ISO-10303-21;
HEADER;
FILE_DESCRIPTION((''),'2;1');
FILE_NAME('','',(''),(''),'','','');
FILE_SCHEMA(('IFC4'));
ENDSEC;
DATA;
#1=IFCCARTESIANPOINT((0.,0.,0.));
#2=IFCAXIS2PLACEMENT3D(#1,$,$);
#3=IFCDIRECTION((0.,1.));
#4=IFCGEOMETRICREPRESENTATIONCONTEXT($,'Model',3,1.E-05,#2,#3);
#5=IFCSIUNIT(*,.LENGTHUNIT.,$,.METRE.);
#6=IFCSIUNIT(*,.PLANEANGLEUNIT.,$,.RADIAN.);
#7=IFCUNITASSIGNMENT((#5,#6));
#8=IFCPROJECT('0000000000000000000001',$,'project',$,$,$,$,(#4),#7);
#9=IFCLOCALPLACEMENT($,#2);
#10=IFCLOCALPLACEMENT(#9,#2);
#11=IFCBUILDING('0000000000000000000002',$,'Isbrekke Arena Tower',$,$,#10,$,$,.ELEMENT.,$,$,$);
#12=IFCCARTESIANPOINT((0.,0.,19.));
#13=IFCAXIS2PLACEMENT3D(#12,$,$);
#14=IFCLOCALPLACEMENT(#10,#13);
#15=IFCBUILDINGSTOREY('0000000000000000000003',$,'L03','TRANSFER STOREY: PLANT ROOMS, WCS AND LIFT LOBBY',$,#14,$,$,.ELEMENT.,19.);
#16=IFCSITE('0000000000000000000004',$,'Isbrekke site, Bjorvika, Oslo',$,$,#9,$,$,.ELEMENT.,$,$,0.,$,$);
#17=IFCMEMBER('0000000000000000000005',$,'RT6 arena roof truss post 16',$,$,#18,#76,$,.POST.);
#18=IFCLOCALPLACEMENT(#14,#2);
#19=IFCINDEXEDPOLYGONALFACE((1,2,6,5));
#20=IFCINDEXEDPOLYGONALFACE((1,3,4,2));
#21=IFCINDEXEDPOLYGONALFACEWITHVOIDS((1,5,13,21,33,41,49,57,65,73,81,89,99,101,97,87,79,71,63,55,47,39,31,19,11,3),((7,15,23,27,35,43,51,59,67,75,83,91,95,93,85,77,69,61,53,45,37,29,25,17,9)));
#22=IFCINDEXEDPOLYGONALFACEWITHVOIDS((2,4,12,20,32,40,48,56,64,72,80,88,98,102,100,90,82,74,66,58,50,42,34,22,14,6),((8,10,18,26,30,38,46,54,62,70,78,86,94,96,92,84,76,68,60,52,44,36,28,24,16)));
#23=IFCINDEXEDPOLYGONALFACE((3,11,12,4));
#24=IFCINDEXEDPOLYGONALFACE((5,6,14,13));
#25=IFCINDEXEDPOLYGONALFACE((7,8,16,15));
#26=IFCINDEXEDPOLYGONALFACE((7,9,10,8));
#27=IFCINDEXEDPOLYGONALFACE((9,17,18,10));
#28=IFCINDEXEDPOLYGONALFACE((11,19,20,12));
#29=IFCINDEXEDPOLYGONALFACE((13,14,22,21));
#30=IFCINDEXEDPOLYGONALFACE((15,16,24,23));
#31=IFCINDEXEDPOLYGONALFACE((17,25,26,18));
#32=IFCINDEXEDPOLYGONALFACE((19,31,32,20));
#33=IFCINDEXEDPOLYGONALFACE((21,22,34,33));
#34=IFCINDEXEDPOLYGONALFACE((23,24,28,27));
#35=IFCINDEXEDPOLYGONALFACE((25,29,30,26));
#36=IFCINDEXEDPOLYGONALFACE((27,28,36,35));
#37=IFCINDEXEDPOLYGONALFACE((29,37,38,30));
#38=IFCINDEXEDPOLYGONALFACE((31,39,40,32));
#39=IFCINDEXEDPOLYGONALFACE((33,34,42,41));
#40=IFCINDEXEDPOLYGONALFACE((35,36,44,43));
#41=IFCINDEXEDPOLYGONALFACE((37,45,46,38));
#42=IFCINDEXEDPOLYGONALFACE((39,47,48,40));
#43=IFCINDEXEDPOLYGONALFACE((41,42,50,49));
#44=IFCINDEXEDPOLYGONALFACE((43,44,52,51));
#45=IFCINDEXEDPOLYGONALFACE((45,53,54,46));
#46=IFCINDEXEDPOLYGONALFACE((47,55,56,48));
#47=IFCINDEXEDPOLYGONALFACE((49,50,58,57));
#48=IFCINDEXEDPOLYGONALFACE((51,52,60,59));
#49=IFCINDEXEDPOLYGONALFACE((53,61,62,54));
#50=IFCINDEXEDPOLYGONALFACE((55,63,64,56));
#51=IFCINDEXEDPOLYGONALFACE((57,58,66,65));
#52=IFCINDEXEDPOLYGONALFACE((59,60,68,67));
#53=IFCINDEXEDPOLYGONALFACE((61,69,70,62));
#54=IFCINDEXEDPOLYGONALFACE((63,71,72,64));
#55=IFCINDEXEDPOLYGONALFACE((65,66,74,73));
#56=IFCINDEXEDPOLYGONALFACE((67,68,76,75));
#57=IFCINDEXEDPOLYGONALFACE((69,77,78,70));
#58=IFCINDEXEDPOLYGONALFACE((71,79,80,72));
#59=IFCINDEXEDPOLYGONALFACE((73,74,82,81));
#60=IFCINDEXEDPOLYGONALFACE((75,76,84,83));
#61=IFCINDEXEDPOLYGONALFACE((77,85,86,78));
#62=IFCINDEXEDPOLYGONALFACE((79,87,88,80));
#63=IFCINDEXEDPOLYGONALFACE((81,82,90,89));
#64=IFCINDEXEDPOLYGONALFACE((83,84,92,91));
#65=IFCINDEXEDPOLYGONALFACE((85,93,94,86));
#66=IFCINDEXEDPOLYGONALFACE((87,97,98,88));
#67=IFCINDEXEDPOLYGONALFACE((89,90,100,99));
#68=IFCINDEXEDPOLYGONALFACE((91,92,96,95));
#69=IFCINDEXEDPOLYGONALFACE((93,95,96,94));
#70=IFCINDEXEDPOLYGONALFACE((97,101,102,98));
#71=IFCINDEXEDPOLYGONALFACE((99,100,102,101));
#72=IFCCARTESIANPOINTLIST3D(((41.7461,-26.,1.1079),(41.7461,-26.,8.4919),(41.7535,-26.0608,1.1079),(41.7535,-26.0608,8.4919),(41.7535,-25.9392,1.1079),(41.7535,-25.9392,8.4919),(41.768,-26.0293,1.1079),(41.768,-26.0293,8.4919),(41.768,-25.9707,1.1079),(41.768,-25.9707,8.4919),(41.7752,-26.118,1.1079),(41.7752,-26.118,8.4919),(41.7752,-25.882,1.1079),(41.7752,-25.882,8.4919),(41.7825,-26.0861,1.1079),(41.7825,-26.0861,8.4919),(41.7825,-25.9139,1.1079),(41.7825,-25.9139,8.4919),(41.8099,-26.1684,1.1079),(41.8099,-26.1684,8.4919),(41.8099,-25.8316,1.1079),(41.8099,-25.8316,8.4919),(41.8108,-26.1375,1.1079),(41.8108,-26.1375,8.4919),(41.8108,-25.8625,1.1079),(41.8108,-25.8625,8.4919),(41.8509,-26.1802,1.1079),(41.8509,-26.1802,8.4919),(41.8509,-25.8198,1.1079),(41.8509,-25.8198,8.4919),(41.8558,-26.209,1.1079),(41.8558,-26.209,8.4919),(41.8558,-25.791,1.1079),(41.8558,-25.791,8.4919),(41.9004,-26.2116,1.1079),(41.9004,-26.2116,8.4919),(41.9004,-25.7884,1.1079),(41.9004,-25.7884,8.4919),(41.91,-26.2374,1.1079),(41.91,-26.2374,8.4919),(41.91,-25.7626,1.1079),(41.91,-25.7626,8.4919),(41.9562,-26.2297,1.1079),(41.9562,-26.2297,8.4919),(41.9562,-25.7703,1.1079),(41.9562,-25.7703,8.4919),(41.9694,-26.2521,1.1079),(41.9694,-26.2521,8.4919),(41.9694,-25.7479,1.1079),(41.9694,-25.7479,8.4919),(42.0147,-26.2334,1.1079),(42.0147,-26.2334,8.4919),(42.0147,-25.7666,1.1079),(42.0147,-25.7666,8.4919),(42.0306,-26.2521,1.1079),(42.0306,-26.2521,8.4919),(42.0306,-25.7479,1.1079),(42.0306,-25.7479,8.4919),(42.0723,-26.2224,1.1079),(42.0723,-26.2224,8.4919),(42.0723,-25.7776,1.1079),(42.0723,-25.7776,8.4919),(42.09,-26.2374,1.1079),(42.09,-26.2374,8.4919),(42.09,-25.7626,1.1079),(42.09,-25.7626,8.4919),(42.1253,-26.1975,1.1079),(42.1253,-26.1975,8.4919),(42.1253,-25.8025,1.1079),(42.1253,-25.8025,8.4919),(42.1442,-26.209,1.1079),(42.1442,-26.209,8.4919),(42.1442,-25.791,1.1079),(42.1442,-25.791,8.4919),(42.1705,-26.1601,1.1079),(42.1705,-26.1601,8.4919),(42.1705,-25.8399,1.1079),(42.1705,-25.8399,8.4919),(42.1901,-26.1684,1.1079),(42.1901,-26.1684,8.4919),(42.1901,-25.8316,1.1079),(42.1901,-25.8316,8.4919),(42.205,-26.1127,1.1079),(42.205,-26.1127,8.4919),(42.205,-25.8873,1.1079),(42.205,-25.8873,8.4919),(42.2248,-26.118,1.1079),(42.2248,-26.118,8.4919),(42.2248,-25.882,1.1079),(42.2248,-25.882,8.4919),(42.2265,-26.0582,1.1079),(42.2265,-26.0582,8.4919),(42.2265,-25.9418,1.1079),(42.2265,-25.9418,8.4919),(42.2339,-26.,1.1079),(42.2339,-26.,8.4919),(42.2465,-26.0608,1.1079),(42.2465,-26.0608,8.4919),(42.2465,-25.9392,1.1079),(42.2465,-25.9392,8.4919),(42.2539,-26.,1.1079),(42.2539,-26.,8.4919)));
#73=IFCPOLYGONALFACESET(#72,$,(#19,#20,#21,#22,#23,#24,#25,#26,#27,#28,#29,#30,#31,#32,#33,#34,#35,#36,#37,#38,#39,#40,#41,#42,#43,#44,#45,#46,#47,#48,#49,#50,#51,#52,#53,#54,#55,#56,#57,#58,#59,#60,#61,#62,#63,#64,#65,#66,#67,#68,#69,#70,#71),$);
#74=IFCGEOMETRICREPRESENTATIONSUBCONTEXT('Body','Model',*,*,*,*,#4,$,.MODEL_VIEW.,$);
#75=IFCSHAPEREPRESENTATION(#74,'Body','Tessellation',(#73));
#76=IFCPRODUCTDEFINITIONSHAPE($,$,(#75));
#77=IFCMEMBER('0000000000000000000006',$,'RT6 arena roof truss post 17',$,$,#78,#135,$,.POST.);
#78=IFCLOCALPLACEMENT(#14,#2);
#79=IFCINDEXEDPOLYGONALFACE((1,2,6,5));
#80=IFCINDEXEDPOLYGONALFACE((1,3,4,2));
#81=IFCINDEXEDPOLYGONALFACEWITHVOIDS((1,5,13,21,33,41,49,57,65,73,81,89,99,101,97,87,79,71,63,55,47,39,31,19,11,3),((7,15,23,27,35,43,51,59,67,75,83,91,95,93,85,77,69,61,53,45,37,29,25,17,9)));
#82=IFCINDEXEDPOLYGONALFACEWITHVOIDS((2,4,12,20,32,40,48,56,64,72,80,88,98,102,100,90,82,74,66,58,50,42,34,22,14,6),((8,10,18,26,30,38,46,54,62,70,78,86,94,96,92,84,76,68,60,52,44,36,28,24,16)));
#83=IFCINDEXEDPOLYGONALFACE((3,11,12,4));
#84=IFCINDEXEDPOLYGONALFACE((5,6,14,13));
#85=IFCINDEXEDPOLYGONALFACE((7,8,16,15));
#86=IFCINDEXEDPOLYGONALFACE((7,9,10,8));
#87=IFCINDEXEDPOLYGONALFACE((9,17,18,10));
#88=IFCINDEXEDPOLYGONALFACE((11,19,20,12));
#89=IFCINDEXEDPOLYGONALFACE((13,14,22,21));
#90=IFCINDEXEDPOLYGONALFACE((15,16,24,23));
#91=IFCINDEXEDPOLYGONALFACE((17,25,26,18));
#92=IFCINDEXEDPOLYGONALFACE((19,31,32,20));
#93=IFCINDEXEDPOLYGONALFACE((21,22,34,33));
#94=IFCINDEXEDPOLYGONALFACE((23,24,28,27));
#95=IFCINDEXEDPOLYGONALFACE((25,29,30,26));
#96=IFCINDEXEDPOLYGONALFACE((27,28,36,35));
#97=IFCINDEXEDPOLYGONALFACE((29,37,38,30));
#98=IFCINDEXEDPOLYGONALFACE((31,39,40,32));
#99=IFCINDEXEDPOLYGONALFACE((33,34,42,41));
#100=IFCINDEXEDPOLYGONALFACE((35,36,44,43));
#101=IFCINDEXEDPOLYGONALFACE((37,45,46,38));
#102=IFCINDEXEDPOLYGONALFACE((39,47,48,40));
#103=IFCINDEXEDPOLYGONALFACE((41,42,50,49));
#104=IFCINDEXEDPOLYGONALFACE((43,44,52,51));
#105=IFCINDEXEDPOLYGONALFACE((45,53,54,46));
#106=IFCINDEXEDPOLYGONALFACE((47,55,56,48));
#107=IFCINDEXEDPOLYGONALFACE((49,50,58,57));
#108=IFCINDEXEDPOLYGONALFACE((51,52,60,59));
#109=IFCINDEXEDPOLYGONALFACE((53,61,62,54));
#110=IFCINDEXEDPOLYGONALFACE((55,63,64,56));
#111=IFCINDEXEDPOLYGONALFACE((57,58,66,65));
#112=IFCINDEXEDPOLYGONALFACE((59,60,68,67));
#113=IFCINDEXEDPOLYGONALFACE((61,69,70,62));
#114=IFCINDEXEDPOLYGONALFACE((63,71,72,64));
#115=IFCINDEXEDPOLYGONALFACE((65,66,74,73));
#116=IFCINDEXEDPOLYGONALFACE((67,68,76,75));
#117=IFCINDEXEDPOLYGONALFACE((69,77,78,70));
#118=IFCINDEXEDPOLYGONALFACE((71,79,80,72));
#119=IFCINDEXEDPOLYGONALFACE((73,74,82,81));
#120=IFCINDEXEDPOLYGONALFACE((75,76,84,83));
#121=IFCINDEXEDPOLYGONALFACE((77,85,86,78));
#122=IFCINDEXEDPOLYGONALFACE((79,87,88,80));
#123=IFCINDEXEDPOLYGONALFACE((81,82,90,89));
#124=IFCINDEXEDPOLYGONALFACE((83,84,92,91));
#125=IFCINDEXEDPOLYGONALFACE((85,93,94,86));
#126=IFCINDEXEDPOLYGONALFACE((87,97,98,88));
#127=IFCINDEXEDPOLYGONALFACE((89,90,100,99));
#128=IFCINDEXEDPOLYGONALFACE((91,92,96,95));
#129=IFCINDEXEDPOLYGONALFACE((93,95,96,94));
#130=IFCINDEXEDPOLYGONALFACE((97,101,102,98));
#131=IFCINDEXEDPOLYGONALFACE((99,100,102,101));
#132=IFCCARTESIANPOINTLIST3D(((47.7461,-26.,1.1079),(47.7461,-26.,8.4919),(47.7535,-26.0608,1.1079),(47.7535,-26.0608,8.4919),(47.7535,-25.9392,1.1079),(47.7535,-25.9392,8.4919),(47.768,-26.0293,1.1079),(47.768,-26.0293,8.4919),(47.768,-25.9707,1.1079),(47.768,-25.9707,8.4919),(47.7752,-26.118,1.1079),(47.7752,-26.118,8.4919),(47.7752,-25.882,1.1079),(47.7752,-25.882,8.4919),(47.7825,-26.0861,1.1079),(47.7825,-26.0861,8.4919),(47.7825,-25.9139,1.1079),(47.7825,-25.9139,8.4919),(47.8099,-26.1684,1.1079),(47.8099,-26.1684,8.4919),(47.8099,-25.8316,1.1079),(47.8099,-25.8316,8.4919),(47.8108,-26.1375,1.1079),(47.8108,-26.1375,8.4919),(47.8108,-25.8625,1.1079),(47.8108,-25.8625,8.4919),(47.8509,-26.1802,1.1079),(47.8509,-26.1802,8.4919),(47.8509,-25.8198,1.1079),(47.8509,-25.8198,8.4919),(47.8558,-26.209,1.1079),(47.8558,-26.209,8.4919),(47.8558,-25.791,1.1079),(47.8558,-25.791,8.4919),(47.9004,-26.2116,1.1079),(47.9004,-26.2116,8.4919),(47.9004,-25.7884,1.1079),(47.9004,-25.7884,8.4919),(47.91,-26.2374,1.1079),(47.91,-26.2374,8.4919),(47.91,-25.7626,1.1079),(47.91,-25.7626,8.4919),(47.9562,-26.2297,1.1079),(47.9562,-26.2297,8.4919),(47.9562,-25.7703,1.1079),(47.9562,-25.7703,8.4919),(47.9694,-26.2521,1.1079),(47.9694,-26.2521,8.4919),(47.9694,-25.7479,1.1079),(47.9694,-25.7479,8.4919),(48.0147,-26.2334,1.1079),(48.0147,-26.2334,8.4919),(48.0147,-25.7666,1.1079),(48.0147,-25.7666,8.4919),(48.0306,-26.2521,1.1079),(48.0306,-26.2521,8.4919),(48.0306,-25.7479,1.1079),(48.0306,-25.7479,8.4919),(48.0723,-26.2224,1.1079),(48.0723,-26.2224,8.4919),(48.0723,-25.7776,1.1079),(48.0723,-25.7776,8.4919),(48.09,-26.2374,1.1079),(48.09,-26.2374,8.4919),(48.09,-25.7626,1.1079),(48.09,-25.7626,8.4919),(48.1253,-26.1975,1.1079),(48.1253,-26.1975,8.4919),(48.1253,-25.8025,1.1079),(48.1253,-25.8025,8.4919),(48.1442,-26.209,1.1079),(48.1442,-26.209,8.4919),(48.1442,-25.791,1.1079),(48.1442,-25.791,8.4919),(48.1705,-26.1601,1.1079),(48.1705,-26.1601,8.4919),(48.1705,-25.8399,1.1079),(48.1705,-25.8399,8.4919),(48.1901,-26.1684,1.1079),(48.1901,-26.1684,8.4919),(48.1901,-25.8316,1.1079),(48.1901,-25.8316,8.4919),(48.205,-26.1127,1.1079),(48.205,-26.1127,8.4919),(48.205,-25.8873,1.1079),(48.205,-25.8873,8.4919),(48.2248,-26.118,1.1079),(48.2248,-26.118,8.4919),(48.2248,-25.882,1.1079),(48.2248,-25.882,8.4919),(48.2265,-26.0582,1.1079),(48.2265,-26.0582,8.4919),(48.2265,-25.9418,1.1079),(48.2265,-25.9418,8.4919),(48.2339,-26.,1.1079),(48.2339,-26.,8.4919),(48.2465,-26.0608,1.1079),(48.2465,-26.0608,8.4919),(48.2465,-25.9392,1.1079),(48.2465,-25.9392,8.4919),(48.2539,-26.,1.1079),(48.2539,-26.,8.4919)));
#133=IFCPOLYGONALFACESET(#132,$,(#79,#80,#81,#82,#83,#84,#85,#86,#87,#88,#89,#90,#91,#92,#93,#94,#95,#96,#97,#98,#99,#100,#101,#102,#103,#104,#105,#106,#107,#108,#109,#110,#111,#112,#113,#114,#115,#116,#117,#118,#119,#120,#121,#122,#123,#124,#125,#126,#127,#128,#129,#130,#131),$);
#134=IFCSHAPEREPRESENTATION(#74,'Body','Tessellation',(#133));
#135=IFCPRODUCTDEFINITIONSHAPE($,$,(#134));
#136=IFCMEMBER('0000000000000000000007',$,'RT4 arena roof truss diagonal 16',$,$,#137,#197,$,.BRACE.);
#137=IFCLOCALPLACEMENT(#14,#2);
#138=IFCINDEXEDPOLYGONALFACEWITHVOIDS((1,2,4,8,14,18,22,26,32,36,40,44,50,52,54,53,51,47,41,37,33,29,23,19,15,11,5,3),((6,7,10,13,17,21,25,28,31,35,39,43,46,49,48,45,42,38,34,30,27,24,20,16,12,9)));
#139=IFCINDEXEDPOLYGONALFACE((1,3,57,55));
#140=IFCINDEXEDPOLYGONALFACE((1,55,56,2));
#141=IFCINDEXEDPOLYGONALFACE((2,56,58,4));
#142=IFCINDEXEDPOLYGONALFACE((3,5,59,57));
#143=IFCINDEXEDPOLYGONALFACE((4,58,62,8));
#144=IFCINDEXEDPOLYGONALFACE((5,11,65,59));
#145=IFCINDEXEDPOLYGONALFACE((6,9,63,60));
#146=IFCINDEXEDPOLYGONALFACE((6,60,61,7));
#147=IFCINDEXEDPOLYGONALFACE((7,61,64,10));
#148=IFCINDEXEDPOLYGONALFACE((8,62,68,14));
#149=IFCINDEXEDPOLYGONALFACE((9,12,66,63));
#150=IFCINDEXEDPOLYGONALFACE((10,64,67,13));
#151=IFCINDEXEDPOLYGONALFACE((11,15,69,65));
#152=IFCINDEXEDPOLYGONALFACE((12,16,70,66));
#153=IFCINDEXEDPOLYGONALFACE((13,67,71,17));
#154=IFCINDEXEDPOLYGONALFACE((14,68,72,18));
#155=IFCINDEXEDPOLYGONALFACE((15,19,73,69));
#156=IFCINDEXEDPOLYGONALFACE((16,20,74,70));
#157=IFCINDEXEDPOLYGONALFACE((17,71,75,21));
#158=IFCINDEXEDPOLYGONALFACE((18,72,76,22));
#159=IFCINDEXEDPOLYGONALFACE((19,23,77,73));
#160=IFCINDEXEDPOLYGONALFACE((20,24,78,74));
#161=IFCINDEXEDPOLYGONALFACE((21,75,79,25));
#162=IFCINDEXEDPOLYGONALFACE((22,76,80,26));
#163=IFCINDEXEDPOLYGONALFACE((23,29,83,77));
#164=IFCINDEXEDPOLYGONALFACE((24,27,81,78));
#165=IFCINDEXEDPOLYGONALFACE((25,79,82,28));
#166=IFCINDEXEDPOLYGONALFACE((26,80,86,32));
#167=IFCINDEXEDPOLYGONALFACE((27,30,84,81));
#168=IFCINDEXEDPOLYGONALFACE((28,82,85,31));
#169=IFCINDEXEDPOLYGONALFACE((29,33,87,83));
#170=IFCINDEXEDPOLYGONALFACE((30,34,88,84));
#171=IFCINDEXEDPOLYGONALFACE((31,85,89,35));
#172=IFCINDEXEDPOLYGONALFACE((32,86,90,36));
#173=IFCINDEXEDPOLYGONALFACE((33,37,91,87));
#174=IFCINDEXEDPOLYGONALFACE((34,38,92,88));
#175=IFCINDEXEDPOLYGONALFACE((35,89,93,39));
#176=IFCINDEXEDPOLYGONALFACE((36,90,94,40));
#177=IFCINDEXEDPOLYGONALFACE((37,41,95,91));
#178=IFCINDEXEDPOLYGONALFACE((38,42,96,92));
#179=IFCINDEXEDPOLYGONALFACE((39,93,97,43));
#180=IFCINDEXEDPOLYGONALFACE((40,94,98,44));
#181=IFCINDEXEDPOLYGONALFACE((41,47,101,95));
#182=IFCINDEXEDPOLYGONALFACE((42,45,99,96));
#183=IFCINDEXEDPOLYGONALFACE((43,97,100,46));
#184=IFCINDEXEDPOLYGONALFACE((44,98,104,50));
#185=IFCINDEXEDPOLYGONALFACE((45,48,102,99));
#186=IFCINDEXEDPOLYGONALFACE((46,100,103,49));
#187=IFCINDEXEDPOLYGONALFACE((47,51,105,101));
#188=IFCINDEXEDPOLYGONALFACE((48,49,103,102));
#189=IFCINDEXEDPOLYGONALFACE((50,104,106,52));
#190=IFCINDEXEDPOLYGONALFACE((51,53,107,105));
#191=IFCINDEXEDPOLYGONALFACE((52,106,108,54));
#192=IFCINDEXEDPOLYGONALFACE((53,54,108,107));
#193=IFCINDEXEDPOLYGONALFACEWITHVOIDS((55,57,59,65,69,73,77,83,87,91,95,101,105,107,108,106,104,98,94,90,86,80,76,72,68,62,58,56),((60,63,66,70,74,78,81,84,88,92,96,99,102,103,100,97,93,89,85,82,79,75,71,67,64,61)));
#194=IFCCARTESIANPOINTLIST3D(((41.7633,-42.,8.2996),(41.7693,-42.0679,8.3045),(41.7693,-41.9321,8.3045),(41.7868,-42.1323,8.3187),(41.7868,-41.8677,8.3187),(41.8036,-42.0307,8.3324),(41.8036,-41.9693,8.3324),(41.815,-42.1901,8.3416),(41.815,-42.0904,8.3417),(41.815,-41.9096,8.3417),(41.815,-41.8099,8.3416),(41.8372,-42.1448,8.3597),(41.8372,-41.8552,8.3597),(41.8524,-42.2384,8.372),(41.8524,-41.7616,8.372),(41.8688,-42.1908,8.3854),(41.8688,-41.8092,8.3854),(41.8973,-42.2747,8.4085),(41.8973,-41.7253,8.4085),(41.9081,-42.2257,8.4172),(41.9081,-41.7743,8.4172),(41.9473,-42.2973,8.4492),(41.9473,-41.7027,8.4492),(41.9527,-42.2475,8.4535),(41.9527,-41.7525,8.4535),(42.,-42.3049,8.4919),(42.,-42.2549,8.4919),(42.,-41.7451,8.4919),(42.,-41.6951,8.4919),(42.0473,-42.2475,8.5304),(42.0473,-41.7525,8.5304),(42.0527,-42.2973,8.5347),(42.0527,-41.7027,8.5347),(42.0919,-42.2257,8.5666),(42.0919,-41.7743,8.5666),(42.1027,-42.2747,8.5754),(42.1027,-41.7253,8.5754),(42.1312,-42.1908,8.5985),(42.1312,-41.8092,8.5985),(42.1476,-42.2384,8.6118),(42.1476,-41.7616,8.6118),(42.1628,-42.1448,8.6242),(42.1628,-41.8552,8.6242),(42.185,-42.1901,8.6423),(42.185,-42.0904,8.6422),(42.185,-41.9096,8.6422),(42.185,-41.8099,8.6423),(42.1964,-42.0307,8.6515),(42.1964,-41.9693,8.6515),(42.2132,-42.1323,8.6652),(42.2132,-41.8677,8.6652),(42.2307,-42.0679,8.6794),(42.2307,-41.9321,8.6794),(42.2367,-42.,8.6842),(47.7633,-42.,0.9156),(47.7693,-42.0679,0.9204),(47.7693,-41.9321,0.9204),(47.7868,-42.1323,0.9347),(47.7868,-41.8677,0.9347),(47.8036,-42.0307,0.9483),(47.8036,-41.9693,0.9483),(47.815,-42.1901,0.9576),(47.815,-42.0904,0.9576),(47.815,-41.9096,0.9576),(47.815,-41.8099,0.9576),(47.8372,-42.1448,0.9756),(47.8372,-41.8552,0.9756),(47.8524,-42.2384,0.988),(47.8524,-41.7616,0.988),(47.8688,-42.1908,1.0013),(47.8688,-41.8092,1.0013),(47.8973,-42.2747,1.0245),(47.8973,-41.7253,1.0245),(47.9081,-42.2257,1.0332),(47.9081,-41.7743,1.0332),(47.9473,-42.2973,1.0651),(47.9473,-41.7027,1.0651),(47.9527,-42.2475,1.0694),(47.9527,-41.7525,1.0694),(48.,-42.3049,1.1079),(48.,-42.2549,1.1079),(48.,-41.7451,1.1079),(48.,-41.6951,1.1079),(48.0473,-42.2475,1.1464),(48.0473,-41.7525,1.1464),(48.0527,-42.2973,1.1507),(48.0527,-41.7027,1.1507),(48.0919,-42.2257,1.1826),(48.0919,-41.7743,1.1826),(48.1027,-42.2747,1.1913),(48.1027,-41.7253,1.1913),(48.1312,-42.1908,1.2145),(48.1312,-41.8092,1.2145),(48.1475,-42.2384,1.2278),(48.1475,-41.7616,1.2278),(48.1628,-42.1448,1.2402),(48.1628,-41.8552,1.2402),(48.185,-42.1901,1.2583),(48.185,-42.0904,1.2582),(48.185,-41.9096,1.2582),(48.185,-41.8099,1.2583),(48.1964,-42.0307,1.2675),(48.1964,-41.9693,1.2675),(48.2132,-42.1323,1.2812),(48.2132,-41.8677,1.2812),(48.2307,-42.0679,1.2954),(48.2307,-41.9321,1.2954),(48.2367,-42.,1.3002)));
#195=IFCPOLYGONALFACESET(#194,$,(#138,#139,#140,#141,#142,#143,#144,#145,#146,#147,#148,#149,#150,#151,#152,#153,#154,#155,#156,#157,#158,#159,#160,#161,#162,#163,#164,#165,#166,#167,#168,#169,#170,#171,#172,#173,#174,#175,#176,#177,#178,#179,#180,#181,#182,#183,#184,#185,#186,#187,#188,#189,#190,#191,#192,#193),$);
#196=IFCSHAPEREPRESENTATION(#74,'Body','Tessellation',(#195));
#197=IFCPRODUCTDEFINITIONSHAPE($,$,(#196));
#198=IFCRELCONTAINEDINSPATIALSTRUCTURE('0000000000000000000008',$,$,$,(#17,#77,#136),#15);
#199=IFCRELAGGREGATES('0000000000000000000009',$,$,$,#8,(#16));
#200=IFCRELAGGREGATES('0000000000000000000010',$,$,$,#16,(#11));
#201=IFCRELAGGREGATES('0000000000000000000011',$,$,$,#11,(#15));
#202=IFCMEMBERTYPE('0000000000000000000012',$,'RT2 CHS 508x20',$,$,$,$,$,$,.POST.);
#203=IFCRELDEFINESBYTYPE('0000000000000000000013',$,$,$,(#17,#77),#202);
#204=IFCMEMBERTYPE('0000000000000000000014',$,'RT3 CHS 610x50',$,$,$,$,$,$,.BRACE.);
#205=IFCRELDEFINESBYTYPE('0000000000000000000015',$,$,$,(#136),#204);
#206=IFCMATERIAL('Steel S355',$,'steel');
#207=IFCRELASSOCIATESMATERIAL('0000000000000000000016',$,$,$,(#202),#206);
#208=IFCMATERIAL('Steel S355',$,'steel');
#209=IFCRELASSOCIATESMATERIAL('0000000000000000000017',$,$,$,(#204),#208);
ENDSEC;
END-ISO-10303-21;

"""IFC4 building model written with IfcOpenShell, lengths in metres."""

from ifc_helpers import new_model, si_unit, direction, frame, origin, origin_2d, place, context, subcontext, project, spatial, hollow_circle, extrude, material, material_profile, profile_set, type_object, element, save


model = new_model("IFC4")

# Units and contexts
model_context = context("Model", 3, precision=1e-05, world=origin(), true_north=direction((0.0, 1.0)))
body_context = subcontext(model_context, "Body", "Model", "MODEL_VIEW")
ifc_project = project(units=[si_unit("LENGTHUNIT", "METRE"), si_unit("PLANEANGLEUNIT", "RADIAN")], contexts=[model_context])

# Site, building, storey
site_placement = place(None, origin())
site = spatial("IfcSite", under=ifc_project, at=site_placement, Name="Isbrekke site, Bjorvika, Oslo", CompositionType="ELEMENT", RefElevation=0.0)
building_placement = place(site_placement, origin())
building = spatial("IfcBuilding", under=site, at=building_placement, Name="Isbrekke Arena Tower", CompositionType="ELEMENT")
storey_placement = place(building_placement, frame((0.0, 0.0, 19.0)))
storey = spatial("IfcBuildingStorey", under=building, at=storey_placement, Name="L03", Description="TRANSFER STOREY: PLANT ROOMS, WCS AND LIFT LOBBY", CompositionType="ELEMENT", Elevation=19.0)

# Members
ifc_material_1 = material(Name="Steel S355", Category="steel")
ifc_material_profile_1 = material_profile(ifc_material_1, hollow_circle(Radius=0.2539, WallThickness=0.02, at=origin_2d()), Name="CHS 508x20")
ifc_profile_set_1 = profile_set([ifc_material_profile_1], Name="Steel S355")
member_type_1 = type_object("IfcMemberType", Name="RT2 CHS 508x20", PredefinedType="POST", material=ifc_profile_set_1)
for number, where, z_axis, x_axis, name in (
    (1, (42.0, -26.0, 1.1079), (0.0, 0.0, 1.0), (1.0, 0.0, 0.0), "RT6 arena roof truss post 16"),
    (2, (48.0, -26.0, 1.1079), (0.0, 0.0, 1.0), (1.0, 0.0, 0.0), "RT6 arena roof truss post 17"),
):
    element("IfcMember", number, at=place(storey_placement, frame(where, z_axis=z_axis, x_axis=x_axis)), inside=storey, type_object=member_type_1, Name=name, PredefinedType="POST", context=body_context, shape_type="SweptSolid", body=[
        extrude(hollow_circle(Radius=0.2539, WallThickness=0.02, at=origin_2d()), origin(), (0.0, 0.0, 1.0), 7.384),
    ])
ifc_material_2 = material(Name="Steel S355", Category="steel")
ifc_material_profile_2 = material_profile(ifc_material_2, hollow_circle(Radius=0.3049, WallThickness=0.05, at=origin_2d()), Name="CHS 610x50")
ifc_profile_set_2 = profile_set([ifc_material_profile_2], Name="Steel S355")
member_type_2 = type_object("IfcMemberType", Name="RT3 CHS 610x50", PredefinedType="BRACE", material=ifc_profile_set_2)
for number, where, z_axis, x_axis, name in (
    (3, (42.0, -42.0, 8.4919), (0.630623, 0.0, -0.77609), (0.0, 1.0, 0.0), "RT4 arena roof truss diagonal 16"),
):
    element("IfcMember", number, at=place(storey_placement, frame(where, z_axis=z_axis, x_axis=x_axis)), inside=storey, type_object=member_type_2, Name=name, PredefinedType="BRACE", context=body_context, shape_type="SweptSolid", body=[
        extrude(hollow_circle(Radius=0.3049, WallThickness=0.05, at=origin_2d()), origin(), (0.0, 0.0, 1.0), 9.5144),
    ])

save(model, "model.ifc")
